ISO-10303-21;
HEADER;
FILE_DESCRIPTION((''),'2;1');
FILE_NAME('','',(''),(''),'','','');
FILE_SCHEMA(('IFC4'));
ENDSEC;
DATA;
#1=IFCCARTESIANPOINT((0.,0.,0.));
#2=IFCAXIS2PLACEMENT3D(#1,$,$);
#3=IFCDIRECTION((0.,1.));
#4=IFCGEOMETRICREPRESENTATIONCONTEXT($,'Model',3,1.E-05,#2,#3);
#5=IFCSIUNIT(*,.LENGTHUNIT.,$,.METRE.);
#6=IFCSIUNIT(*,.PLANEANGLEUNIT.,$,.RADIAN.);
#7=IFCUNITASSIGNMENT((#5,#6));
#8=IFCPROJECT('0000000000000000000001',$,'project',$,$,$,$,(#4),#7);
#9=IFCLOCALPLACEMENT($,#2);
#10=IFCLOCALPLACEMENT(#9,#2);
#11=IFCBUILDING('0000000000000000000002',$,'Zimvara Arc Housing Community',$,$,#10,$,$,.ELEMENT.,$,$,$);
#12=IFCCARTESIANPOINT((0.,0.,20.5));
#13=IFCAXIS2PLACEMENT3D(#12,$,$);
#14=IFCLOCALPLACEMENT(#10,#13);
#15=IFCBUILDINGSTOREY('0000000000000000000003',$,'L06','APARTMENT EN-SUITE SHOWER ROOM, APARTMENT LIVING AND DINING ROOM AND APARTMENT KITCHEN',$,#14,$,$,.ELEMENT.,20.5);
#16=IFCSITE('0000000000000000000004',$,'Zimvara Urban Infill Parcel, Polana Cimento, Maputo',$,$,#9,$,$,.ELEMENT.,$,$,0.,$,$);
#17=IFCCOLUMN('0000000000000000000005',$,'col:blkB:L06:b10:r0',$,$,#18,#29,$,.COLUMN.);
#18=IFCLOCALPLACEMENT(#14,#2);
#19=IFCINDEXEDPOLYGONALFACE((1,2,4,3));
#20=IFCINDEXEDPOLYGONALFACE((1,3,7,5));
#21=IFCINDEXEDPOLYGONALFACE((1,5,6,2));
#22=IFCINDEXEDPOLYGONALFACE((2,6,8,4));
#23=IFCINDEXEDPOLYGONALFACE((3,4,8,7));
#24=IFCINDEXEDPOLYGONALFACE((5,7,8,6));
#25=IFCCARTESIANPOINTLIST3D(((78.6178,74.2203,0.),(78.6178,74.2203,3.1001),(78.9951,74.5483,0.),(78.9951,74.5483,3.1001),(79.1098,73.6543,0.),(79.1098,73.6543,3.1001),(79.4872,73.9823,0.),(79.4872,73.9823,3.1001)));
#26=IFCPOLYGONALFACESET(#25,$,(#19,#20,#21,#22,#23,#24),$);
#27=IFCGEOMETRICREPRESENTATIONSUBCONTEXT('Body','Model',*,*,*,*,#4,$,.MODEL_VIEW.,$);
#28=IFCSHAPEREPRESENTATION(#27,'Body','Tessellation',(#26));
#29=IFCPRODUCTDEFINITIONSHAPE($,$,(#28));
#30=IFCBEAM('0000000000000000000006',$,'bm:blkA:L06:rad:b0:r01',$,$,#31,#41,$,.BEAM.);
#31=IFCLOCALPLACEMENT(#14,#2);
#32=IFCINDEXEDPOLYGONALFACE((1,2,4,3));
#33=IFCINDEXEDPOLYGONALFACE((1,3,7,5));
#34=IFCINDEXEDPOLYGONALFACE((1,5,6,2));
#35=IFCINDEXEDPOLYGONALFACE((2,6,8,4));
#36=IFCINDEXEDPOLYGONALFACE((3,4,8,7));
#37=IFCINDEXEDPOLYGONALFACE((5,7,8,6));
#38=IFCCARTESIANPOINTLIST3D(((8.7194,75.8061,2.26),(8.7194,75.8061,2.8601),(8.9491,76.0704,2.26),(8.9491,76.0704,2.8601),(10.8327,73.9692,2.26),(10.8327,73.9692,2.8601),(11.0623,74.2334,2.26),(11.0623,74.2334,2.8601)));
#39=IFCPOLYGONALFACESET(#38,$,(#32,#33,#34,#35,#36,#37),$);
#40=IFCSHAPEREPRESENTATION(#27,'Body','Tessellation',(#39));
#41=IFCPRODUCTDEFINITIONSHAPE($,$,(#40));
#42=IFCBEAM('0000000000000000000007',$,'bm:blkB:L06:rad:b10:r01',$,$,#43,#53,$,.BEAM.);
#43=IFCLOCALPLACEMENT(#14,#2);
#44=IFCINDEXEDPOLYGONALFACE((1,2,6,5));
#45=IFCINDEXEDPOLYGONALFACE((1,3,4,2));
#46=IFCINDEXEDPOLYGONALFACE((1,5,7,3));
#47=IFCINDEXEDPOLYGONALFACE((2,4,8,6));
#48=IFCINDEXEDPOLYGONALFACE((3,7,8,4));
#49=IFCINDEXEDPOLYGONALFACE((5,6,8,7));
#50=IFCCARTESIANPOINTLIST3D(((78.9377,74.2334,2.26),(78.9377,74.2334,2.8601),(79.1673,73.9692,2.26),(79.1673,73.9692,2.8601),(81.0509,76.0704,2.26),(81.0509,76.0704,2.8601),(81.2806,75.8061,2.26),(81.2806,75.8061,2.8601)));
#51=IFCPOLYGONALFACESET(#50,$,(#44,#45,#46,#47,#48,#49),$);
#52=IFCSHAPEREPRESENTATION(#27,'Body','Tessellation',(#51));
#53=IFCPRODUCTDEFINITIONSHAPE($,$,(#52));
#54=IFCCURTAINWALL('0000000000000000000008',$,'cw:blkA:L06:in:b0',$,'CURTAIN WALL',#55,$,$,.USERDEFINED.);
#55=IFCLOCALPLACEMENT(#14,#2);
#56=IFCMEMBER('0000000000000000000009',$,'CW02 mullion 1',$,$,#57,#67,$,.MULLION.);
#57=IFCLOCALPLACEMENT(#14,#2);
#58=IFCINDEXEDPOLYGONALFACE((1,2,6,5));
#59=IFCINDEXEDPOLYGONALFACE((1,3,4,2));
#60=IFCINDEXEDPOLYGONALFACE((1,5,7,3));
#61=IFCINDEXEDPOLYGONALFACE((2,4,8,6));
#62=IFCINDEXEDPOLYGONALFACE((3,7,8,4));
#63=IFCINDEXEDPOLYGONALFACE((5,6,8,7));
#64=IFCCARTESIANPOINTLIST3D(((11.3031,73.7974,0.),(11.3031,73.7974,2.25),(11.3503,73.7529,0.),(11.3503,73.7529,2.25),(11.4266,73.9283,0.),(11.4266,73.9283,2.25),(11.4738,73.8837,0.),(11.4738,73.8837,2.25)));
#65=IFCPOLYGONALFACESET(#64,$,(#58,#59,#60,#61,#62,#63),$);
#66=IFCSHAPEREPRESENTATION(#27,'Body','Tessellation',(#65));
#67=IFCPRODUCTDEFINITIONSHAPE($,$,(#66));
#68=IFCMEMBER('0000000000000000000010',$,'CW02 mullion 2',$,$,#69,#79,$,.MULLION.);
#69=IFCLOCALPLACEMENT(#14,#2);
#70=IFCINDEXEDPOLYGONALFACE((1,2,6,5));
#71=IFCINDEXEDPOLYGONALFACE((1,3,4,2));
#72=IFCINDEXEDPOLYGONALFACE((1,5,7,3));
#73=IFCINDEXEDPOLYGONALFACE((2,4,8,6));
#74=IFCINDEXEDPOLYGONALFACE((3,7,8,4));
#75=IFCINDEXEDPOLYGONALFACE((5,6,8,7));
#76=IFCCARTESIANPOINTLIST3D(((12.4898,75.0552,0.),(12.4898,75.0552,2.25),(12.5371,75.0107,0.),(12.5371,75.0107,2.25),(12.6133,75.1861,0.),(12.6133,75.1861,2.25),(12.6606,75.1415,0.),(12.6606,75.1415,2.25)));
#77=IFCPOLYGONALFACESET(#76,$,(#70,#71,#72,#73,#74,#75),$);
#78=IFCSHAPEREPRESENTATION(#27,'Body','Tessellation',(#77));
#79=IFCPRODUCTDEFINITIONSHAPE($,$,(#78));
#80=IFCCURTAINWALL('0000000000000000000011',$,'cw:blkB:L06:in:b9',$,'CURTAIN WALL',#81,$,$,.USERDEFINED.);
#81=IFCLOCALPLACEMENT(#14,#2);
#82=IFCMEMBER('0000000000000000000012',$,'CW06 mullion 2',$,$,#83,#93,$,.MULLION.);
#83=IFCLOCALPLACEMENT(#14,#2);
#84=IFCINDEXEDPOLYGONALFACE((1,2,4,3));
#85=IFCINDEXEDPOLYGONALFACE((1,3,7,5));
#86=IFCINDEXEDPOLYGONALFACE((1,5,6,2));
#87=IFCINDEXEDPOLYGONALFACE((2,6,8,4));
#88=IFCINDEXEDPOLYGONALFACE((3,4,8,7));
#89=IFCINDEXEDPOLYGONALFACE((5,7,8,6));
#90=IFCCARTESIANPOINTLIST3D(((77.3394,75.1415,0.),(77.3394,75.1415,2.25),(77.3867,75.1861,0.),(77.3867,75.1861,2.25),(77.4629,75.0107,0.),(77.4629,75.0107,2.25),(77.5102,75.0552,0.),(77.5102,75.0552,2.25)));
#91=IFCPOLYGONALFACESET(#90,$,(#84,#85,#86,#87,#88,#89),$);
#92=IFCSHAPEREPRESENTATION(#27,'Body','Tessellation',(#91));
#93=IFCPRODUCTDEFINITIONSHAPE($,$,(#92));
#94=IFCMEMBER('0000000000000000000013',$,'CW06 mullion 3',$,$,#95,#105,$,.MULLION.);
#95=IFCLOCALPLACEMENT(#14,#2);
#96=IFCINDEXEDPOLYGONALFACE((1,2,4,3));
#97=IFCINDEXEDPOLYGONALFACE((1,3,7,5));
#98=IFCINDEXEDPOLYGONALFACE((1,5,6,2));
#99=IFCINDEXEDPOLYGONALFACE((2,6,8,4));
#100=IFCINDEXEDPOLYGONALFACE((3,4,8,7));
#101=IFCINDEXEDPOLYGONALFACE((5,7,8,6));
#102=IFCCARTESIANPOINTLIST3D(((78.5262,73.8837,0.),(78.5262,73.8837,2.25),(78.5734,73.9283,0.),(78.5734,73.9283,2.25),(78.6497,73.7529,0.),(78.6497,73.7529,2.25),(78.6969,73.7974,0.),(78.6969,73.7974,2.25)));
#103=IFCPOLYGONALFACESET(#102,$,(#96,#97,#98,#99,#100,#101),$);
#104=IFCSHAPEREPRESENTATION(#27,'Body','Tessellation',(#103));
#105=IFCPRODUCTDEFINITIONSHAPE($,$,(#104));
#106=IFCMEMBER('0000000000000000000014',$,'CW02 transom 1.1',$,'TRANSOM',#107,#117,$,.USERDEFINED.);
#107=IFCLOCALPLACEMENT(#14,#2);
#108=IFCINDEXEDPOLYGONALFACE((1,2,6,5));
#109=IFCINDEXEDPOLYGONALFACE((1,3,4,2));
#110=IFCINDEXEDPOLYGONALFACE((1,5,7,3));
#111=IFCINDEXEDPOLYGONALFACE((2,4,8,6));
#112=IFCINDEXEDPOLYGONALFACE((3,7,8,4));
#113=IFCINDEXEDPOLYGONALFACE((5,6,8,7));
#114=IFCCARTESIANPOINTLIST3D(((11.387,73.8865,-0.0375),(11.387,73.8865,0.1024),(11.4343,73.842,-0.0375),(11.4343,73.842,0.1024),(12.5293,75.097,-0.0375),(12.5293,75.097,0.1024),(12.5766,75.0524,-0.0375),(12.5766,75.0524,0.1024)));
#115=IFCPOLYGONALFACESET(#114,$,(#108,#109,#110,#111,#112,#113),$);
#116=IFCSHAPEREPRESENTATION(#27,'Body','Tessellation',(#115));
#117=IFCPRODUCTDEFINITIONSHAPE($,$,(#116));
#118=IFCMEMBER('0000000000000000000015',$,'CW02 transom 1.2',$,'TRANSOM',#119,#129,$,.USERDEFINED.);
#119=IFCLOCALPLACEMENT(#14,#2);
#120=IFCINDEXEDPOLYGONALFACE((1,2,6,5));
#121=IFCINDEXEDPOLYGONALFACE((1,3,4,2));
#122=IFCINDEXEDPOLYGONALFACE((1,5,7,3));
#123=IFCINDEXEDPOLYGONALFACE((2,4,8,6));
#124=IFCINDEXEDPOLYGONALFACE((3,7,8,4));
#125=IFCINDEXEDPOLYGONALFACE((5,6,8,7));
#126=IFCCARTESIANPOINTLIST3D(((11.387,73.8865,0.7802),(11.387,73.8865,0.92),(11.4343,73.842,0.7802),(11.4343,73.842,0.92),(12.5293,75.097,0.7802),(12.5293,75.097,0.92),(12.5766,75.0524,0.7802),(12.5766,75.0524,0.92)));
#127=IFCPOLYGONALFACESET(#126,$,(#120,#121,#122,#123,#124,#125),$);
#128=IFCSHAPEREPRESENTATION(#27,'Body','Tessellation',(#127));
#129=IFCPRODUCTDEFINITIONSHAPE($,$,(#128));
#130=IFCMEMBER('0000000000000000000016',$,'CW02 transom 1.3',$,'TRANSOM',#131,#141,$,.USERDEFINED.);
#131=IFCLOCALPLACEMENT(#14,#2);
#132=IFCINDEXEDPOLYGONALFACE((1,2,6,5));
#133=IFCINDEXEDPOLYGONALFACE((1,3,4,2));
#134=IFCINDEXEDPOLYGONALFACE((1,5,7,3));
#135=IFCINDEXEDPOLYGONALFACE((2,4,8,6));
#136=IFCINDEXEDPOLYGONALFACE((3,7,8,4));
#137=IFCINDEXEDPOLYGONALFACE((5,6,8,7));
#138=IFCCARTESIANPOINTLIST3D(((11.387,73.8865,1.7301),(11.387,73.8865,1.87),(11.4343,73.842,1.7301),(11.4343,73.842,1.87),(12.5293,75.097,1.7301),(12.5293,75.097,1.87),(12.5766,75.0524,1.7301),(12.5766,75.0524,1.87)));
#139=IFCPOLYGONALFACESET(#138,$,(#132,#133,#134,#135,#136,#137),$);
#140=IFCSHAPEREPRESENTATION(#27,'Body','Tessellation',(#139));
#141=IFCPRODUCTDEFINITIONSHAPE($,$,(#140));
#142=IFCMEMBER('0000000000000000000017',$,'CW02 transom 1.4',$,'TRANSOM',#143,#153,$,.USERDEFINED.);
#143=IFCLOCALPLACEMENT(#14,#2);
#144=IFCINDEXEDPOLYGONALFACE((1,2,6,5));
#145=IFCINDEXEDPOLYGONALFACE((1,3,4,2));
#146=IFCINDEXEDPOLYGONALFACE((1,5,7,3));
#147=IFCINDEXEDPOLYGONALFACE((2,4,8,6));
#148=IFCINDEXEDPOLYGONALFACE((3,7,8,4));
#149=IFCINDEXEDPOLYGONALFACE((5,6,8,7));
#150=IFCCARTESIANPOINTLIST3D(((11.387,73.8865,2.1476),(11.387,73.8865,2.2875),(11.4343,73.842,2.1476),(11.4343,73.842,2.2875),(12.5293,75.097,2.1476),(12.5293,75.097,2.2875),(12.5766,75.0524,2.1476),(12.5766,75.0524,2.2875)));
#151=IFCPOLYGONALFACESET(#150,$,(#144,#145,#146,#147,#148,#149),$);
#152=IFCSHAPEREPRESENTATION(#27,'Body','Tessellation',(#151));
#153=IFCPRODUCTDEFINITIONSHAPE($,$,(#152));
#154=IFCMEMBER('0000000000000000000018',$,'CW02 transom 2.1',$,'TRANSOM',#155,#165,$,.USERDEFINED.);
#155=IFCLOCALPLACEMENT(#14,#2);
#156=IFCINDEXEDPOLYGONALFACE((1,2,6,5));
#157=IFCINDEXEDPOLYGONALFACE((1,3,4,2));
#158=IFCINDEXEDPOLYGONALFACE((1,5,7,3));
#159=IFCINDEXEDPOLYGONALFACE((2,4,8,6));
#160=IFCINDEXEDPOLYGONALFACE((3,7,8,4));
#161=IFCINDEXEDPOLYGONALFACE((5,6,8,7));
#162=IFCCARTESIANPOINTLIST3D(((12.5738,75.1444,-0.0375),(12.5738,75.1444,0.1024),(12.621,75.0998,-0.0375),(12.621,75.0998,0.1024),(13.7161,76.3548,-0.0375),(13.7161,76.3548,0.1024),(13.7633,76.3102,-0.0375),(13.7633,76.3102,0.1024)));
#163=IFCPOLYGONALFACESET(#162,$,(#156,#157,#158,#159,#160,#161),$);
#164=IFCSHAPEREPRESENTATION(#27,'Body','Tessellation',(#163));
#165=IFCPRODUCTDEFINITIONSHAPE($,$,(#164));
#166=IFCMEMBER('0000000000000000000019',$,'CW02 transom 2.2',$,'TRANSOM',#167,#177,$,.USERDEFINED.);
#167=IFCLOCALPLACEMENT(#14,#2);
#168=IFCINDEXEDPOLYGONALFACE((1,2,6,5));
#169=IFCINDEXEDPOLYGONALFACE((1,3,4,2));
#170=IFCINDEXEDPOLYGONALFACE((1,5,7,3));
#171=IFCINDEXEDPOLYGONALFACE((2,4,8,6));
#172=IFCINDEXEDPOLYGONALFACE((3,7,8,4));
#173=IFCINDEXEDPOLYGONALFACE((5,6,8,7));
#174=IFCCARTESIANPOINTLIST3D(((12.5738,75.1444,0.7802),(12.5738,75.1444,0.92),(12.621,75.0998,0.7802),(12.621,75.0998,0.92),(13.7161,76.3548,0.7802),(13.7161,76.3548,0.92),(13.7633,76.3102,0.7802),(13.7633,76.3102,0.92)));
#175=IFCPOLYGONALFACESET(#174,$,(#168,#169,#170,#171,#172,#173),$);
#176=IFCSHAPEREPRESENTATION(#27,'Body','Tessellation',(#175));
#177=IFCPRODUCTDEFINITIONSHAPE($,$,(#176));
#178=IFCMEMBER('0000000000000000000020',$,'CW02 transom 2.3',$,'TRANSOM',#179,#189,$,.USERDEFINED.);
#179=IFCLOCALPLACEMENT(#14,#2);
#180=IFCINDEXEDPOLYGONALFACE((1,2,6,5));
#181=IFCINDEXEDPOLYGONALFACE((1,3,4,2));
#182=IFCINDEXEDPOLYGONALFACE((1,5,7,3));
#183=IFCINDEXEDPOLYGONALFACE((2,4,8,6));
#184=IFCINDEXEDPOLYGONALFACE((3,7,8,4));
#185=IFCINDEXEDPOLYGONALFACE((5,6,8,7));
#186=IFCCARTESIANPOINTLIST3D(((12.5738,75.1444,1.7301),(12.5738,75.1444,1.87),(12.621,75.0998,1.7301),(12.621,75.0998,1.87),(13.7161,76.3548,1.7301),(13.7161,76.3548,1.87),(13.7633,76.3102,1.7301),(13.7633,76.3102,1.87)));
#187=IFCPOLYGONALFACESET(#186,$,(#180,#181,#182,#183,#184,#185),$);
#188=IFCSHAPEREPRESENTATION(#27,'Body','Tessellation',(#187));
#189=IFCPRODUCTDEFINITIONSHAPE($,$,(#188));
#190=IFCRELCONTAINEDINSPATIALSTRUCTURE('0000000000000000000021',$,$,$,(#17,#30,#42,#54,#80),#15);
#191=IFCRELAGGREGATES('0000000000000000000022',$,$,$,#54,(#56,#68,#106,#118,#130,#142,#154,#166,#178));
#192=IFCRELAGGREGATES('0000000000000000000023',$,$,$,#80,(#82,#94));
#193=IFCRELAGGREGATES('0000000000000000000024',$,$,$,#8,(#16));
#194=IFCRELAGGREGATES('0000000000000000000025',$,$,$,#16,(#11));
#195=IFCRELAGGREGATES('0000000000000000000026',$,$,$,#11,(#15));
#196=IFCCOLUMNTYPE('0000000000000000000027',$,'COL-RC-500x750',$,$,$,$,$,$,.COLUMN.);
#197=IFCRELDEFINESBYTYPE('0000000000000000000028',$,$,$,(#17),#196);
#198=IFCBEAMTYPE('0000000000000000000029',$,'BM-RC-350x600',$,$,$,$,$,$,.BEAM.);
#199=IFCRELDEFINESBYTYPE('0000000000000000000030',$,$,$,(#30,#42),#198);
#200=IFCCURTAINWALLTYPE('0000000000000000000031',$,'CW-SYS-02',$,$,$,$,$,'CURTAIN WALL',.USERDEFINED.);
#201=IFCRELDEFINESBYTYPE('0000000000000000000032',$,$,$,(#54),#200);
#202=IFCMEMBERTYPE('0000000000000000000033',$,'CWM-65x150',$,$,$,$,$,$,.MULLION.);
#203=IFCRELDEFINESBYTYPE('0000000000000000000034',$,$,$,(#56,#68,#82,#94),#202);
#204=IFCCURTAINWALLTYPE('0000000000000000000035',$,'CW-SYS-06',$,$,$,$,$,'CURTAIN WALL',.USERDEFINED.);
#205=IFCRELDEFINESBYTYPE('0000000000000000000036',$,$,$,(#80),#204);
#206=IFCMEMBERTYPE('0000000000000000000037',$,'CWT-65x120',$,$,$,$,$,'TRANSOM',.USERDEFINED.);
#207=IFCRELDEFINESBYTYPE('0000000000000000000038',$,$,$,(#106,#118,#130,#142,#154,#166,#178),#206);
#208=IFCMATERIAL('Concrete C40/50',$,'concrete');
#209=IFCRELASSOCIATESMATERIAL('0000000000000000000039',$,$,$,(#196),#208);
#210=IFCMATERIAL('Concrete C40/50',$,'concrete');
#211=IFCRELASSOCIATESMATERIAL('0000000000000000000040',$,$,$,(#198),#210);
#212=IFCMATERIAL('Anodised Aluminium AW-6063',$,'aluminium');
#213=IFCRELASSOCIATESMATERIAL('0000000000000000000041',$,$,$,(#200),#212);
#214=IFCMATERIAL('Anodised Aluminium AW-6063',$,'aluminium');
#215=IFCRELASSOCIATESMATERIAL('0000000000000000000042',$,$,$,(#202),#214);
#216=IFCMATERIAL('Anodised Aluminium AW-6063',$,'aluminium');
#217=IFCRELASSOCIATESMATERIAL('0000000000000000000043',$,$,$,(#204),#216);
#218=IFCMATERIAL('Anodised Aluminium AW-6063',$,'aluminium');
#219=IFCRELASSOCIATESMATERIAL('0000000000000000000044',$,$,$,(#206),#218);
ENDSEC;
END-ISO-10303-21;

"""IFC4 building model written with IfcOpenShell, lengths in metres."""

from ifc_helpers import new_model, si_unit, direction, frame, origin, origin_2d, place, context, subcontext, project, spatial, rectangle, extrude, material, material_profile, profile_set, type_object, element, aggregate, save


model = new_model("IFC4")

# Units and contexts
model_context = context("Model", 3, precision=1e-05, world=origin(), true_north=direction((0.0, 1.0)))
body_context = subcontext(model_context, "Body", "Model", "MODEL_VIEW")
ifc_project = project(units=[si_unit("LENGTHUNIT", "METRE"), si_unit("PLANEANGLEUNIT", "RADIAN")], contexts=[model_context])

# Site, building, storey
site_placement = place(None, origin())
site = spatial("IfcSite", under=ifc_project, at=site_placement, Name="Zimvara Urban Infill Parcel, Polana Cimento, Maputo", CompositionType="ELEMENT", RefElevation=0.0)
building_placement = place(site_placement, origin())
building = spatial("IfcBuilding", under=site, at=building_placement, Name="Zimvara Arc Housing Community", CompositionType="ELEMENT")
storey_placement = place(building_placement, frame((0.0, 0.0, 20.5)))
storey = spatial("IfcBuildingStorey", under=building, at=storey_placement, Name="L06", Description="APARTMENT EN-SUITE SHOWER ROOM, APARTMENT LIVING AND DINING ROOM AND APARTMENT KITCHEN", CompositionType="ELEMENT", Elevation=20.5)

# Column
ifc_material_1 = material(Name="Concrete C40/50", Category="concrete")
ifc_material_profile_1 = material_profile(ifc_material_1, rectangle(XDim=0.5, YDim=0.75, at=origin_2d()), Name="RC 500x750")
ifc_profile_set_1 = profile_set([ifc_material_profile_1], Name="Concrete C40/50")
column_type = type_object("IfcColumnType", Name="COL-RC-500x750", PredefinedType="COLUMN", material=ifc_profile_set_1)
column_placement = place(storey_placement, frame((79.0525, 74.1013, 0.0), z_axis=(0.0, 0.0, 1.0), x_axis=(0.75471, 0.656059, 0.0)))
element("IfcColumn", 1, at=column_placement, inside=storey, type_object=column_type, Name="col:blkB:L06:b10:r0", PredefinedType="COLUMN", context=body_context, shape_type="SweptSolid", body=[
    extrude(rectangle(XDim=0.5, YDim=0.75, at=origin_2d()), origin(), (0.0, 0.0, 1.0), 3.1001),
])

# Beams
ifc_material_2 = material(Name="Concrete C40/50", Category="concrete")
ifc_material_profile_2 = material_profile(ifc_material_2, rectangle(XDim=0.3501, YDim=0.6001, at=origin_2d()), Name="RC 350x600")
ifc_profile_set_2 = profile_set([ifc_material_profile_2], Name="Concrete C40/50")
beam_type = type_object("IfcBeamType", Name="BM-RC-350x600", PredefinedType="BEAM", material=ifc_profile_set_2)
for number, where, z_axis, x_axis, name in (
    (2, (10.9475, 74.1013, 2.5601), (-0.754733, 0.656032, 0.0), (-0.656032, -0.754733, 0.0), "bm:blkA:L06:rad:b0:r01"),
    (3, (79.0525, 74.1013, 2.5601), (0.754733, 0.656032, 0.0), (-0.656032, 0.754733, 0.0), "bm:blkB:L06:rad:b10:r01"),
):
    element("IfcBeam", number, at=place(storey_placement, frame(where, z_axis=z_axis, x_axis=x_axis)), inside=storey, type_object=beam_type, Name=name, PredefinedType="BEAM", context=body_context, shape_type="SweptSolid", body=[
        extrude(rectangle(XDim=0.3501, YDim=0.6001, at=origin_2d()), origin(), (0.0, 0.0, 1.0), 2.8),
    ])

# Curtain walls, members
ifc_material_3 = material(Name="Anodised Aluminium AW-6063", Category="aluminium")
curtain_wall_type_1 = type_object("IfcCurtainWallType", Name="CW-SYS-02", ElementType="CURTAIN WALL", PredefinedType="USERDEFINED", material=ifc_material_3)
curtain_wall_1_placement = place(storey_placement, origin())
curtain_wall_1 = element("IfcCurtainWall", 4, at=curtain_wall_1_placement, inside=storey, type_object=curtain_wall_type_1, Name="cw:blkA:L06:in:b0", ObjectType="CURTAIN WALL", PredefinedType="USERDEFINED")
ifc_material_4 = material(Name="Anodised Aluminium AW-6063", Category="aluminium")
ifc_material_profile_3 = material_profile(ifc_material_4, rectangle(XDim=0.0649, YDim=0.1799, at=origin_2d()), Name="ALU 65x180")
ifc_profile_set_3 = profile_set([ifc_material_profile_3], Name="Anodised Aluminium AW-6063")
member_type_1 = type_object("IfcMemberType", Name="CWM-65x150", PredefinedType="MULLION", material=ifc_profile_set_3)
member_1_placement = place(storey_placement, frame((11.3884, 73.8406, 0.0), z_axis=(0.0, 0.0, 1.0), x_axis=(-0.727293, 0.686327, 0.0)))
member_1 = element("IfcMember", 5, at=member_1_placement, type_object=member_type_1, Name="CW02 mullion 1", PredefinedType="MULLION", context=body_context, shape_type="SweptSolid", body=[
    extrude(rectangle(XDim=0.0649, YDim=0.1799, at=origin_2d()), origin(), (0.0, 0.0, 1.0), 2.25),
])
member_2_placement = place(storey_placement, frame((12.5752, 75.0984, 0.0), z_axis=(0.0, 0.0, 1.0), x_axis=(-0.727293, 0.686327, 0.0)))
member_2 = element("IfcMember", 6, at=member_2_placement, type_object=member_type_1, Name="CW02 mullion 2", PredefinedType="MULLION", context=body_context, shape_type="SweptSolid", body=[
    extrude(rectangle(XDim=0.0649, YDim=0.1799, at=origin_2d()), origin(), (0.0, 0.0, 1.0), 2.25),
])
ifc_material_5 = material(Name="Anodised Aluminium AW-6063", Category="aluminium")
curtain_wall_type_2 = type_object("IfcCurtainWallType", Name="CW-SYS-06", ElementType="CURTAIN WALL", PredefinedType="USERDEFINED", material=ifc_material_5)
curtain_wall_2_placement = place(storey_placement, origin())
curtain_wall_2 = element("IfcCurtainWall", 7, at=curtain_wall_2_placement, inside=storey, type_object=curtain_wall_type_2, Name="cw:blkB:L06:in:b9", ObjectType="CURTAIN WALL", PredefinedType="USERDEFINED")
member_3_placement = place(storey_placement, frame((77.4248, 75.0984, 0.0), z_axis=(0.0, 0.0, 1.0), x_axis=(0.727293, 0.686327, 0.0)))
member_3 = element("IfcMember", 8, at=member_3_placement, type_object=member_type_1, Name="CW06 mullion 2", PredefinedType="MULLION", context=body_context, shape_type="SweptSolid", body=[
    extrude(rectangle(XDim=0.0649, YDim=0.1799, at=origin_2d()), origin(), (0.0, 0.0, 1.0), 2.25),
])
member_4_placement = place(storey_placement, frame((78.6116, 73.8406, 0.0), z_axis=(0.0, 0.0, 1.0), x_axis=(0.727293, 0.686327, 0.0)))
member_4 = element("IfcMember", 9, at=member_4_placement, type_object=member_type_1, Name="CW06 mullion 3", PredefinedType="MULLION", context=body_context, shape_type="SweptSolid", body=[
    extrude(rectangle(XDim=0.0649, YDim=0.1799, at=origin_2d()), origin(), (0.0, 0.0, 1.0), 2.25),
])

# Members
ifc_material_6 = material(Name="Anodised Aluminium AW-6063", Category="aluminium")
ifc_material_profile_4 = material_profile(ifc_material_6, rectangle(XDim=0.0649, YDim=0.1399, at=origin_2d()), Name="ALU 65x140")
ifc_profile_set_4 = profile_set([ifc_material_profile_4], Name="Anodised Aluminium AW-6063")
member_type_2 = type_object("IfcMemberType", Name="CWT-65x120", ElementType="TRANSOM", PredefinedType="USERDEFINED", material=ifc_profile_set_4)
member_5_placement = place(storey_placement, frame((11.4106, 73.8643, 0.0325), z_axis=(0.686348, 0.727273, 0.0), x_axis=(-0.727273, 0.686348, 0.0)))
member_5 = element("IfcMember", 10, at=member_5_placement, type_object=member_type_2, Name="CW02 transom 1.1", ObjectType="TRANSOM", PredefinedType="USERDEFINED", context=body_context, shape_type="SweptSolid", body=[
    extrude(rectangle(XDim=0.0649, YDim=0.1399, at=origin_2d()), origin(), (0.0, 0.0, 1.0), 1.6643),
])
member_6_placement = place(storey_placement, frame((11.4106, 73.8643, 0.8501), z_axis=(0.686348, 0.727273, 0.0), x_axis=(-0.727273, 0.686348, 0.0)))
member_6 = element("IfcMember", 11, at=member_6_placement, type_object=member_type_2, Name="CW02 transom 1.2", ObjectType="TRANSOM", PredefinedType="USERDEFINED", context=body_context, shape_type="SweptSolid", body=[
    extrude(rectangle(XDim=0.0649, YDim=0.1399, at=origin_2d()), origin(), (0.0, 0.0, 1.0), 1.6643),
])
member_7_placement = place(storey_placement, frame((11.4106, 73.8643, 1.8), z_axis=(0.686348, 0.727273, 0.0), x_axis=(-0.727273, 0.686348, 0.0)))
member_7 = element("IfcMember", 12, at=member_7_placement, type_object=member_type_2, Name="CW02 transom 1.3", ObjectType="TRANSOM", PredefinedType="USERDEFINED", context=body_context, shape_type="SweptSolid", body=[
    extrude(rectangle(XDim=0.0649, YDim=0.1399, at=origin_2d()), origin(), (0.0, 0.0, 1.0), 1.6643),
])
member_8_placement = place(storey_placement, frame((11.4106, 73.8643, 2.2175), z_axis=(0.686348, 0.727273, 0.0), x_axis=(-0.727273, 0.686348, 0.0)))
member_8 = element("IfcMember", 13, at=member_8_placement, type_object=member_type_2, Name="CW02 transom 1.4", ObjectType="TRANSOM", PredefinedType="USERDEFINED", context=body_context, shape_type="SweptSolid", body=[
    extrude(rectangle(XDim=0.0649, YDim=0.1399, at=origin_2d()), origin(), (0.0, 0.0, 1.0), 1.6643),
])
member_9_placement = place(storey_placement, frame((12.5974, 75.1221, 0.0325), z_axis=(0.686348, 0.727273, 0.0), x_axis=(-0.727273, 0.686348, 0.0)))
member_9 = element("IfcMember", 14, at=member_9_placement, type_object=member_type_2, Name="CW02 transom 2.1", ObjectType="TRANSOM", PredefinedType="USERDEFINED", context=body_context, shape_type="SweptSolid", body=[
    extrude(rectangle(XDim=0.0649, YDim=0.1399, at=origin_2d()), origin(), (0.0, 0.0, 1.0), 1.6643),
])
member_10_placement = place(storey_placement, frame((12.5974, 75.1221, 0.8501), z_axis=(0.686348, 0.727273, 0.0), x_axis=(-0.727273, 0.686348, 0.0)))
member_10 = element("IfcMember", 15, at=member_10_placement, type_object=member_type_2, Name="CW02 transom 2.2", ObjectType="TRANSOM", PredefinedType="USERDEFINED", context=body_context, shape_type="SweptSolid", body=[
    extrude(rectangle(XDim=0.0649, YDim=0.1399, at=origin_2d()), origin(), (0.0, 0.0, 1.0), 1.6643),
])
member_11_placement = place(storey_placement, frame((12.5974, 75.1221, 1.8), z_axis=(0.686348, 0.727273, 0.0), x_axis=(-0.727273, 0.686348, 0.0)))
member_11 = element("IfcMember", 16, at=member_11_placement, type_object=member_type_2, Name="CW02 transom 2.3", ObjectType="TRANSOM", PredefinedType="USERDEFINED", context=body_context, shape_type="SweptSolid", body=[
    extrude(rectangle(XDim=0.0649, YDim=0.1399, at=origin_2d()), origin(), (0.0, 0.0, 1.0), 1.6643),
])

aggregate(curtain_wall_1, [member_1, member_2, member_5, member_6, member_7, member_8, member_9, member_10, member_11])
aggregate(curtain_wall_2, [member_3, member_4])

save(model, "model.ifc")
